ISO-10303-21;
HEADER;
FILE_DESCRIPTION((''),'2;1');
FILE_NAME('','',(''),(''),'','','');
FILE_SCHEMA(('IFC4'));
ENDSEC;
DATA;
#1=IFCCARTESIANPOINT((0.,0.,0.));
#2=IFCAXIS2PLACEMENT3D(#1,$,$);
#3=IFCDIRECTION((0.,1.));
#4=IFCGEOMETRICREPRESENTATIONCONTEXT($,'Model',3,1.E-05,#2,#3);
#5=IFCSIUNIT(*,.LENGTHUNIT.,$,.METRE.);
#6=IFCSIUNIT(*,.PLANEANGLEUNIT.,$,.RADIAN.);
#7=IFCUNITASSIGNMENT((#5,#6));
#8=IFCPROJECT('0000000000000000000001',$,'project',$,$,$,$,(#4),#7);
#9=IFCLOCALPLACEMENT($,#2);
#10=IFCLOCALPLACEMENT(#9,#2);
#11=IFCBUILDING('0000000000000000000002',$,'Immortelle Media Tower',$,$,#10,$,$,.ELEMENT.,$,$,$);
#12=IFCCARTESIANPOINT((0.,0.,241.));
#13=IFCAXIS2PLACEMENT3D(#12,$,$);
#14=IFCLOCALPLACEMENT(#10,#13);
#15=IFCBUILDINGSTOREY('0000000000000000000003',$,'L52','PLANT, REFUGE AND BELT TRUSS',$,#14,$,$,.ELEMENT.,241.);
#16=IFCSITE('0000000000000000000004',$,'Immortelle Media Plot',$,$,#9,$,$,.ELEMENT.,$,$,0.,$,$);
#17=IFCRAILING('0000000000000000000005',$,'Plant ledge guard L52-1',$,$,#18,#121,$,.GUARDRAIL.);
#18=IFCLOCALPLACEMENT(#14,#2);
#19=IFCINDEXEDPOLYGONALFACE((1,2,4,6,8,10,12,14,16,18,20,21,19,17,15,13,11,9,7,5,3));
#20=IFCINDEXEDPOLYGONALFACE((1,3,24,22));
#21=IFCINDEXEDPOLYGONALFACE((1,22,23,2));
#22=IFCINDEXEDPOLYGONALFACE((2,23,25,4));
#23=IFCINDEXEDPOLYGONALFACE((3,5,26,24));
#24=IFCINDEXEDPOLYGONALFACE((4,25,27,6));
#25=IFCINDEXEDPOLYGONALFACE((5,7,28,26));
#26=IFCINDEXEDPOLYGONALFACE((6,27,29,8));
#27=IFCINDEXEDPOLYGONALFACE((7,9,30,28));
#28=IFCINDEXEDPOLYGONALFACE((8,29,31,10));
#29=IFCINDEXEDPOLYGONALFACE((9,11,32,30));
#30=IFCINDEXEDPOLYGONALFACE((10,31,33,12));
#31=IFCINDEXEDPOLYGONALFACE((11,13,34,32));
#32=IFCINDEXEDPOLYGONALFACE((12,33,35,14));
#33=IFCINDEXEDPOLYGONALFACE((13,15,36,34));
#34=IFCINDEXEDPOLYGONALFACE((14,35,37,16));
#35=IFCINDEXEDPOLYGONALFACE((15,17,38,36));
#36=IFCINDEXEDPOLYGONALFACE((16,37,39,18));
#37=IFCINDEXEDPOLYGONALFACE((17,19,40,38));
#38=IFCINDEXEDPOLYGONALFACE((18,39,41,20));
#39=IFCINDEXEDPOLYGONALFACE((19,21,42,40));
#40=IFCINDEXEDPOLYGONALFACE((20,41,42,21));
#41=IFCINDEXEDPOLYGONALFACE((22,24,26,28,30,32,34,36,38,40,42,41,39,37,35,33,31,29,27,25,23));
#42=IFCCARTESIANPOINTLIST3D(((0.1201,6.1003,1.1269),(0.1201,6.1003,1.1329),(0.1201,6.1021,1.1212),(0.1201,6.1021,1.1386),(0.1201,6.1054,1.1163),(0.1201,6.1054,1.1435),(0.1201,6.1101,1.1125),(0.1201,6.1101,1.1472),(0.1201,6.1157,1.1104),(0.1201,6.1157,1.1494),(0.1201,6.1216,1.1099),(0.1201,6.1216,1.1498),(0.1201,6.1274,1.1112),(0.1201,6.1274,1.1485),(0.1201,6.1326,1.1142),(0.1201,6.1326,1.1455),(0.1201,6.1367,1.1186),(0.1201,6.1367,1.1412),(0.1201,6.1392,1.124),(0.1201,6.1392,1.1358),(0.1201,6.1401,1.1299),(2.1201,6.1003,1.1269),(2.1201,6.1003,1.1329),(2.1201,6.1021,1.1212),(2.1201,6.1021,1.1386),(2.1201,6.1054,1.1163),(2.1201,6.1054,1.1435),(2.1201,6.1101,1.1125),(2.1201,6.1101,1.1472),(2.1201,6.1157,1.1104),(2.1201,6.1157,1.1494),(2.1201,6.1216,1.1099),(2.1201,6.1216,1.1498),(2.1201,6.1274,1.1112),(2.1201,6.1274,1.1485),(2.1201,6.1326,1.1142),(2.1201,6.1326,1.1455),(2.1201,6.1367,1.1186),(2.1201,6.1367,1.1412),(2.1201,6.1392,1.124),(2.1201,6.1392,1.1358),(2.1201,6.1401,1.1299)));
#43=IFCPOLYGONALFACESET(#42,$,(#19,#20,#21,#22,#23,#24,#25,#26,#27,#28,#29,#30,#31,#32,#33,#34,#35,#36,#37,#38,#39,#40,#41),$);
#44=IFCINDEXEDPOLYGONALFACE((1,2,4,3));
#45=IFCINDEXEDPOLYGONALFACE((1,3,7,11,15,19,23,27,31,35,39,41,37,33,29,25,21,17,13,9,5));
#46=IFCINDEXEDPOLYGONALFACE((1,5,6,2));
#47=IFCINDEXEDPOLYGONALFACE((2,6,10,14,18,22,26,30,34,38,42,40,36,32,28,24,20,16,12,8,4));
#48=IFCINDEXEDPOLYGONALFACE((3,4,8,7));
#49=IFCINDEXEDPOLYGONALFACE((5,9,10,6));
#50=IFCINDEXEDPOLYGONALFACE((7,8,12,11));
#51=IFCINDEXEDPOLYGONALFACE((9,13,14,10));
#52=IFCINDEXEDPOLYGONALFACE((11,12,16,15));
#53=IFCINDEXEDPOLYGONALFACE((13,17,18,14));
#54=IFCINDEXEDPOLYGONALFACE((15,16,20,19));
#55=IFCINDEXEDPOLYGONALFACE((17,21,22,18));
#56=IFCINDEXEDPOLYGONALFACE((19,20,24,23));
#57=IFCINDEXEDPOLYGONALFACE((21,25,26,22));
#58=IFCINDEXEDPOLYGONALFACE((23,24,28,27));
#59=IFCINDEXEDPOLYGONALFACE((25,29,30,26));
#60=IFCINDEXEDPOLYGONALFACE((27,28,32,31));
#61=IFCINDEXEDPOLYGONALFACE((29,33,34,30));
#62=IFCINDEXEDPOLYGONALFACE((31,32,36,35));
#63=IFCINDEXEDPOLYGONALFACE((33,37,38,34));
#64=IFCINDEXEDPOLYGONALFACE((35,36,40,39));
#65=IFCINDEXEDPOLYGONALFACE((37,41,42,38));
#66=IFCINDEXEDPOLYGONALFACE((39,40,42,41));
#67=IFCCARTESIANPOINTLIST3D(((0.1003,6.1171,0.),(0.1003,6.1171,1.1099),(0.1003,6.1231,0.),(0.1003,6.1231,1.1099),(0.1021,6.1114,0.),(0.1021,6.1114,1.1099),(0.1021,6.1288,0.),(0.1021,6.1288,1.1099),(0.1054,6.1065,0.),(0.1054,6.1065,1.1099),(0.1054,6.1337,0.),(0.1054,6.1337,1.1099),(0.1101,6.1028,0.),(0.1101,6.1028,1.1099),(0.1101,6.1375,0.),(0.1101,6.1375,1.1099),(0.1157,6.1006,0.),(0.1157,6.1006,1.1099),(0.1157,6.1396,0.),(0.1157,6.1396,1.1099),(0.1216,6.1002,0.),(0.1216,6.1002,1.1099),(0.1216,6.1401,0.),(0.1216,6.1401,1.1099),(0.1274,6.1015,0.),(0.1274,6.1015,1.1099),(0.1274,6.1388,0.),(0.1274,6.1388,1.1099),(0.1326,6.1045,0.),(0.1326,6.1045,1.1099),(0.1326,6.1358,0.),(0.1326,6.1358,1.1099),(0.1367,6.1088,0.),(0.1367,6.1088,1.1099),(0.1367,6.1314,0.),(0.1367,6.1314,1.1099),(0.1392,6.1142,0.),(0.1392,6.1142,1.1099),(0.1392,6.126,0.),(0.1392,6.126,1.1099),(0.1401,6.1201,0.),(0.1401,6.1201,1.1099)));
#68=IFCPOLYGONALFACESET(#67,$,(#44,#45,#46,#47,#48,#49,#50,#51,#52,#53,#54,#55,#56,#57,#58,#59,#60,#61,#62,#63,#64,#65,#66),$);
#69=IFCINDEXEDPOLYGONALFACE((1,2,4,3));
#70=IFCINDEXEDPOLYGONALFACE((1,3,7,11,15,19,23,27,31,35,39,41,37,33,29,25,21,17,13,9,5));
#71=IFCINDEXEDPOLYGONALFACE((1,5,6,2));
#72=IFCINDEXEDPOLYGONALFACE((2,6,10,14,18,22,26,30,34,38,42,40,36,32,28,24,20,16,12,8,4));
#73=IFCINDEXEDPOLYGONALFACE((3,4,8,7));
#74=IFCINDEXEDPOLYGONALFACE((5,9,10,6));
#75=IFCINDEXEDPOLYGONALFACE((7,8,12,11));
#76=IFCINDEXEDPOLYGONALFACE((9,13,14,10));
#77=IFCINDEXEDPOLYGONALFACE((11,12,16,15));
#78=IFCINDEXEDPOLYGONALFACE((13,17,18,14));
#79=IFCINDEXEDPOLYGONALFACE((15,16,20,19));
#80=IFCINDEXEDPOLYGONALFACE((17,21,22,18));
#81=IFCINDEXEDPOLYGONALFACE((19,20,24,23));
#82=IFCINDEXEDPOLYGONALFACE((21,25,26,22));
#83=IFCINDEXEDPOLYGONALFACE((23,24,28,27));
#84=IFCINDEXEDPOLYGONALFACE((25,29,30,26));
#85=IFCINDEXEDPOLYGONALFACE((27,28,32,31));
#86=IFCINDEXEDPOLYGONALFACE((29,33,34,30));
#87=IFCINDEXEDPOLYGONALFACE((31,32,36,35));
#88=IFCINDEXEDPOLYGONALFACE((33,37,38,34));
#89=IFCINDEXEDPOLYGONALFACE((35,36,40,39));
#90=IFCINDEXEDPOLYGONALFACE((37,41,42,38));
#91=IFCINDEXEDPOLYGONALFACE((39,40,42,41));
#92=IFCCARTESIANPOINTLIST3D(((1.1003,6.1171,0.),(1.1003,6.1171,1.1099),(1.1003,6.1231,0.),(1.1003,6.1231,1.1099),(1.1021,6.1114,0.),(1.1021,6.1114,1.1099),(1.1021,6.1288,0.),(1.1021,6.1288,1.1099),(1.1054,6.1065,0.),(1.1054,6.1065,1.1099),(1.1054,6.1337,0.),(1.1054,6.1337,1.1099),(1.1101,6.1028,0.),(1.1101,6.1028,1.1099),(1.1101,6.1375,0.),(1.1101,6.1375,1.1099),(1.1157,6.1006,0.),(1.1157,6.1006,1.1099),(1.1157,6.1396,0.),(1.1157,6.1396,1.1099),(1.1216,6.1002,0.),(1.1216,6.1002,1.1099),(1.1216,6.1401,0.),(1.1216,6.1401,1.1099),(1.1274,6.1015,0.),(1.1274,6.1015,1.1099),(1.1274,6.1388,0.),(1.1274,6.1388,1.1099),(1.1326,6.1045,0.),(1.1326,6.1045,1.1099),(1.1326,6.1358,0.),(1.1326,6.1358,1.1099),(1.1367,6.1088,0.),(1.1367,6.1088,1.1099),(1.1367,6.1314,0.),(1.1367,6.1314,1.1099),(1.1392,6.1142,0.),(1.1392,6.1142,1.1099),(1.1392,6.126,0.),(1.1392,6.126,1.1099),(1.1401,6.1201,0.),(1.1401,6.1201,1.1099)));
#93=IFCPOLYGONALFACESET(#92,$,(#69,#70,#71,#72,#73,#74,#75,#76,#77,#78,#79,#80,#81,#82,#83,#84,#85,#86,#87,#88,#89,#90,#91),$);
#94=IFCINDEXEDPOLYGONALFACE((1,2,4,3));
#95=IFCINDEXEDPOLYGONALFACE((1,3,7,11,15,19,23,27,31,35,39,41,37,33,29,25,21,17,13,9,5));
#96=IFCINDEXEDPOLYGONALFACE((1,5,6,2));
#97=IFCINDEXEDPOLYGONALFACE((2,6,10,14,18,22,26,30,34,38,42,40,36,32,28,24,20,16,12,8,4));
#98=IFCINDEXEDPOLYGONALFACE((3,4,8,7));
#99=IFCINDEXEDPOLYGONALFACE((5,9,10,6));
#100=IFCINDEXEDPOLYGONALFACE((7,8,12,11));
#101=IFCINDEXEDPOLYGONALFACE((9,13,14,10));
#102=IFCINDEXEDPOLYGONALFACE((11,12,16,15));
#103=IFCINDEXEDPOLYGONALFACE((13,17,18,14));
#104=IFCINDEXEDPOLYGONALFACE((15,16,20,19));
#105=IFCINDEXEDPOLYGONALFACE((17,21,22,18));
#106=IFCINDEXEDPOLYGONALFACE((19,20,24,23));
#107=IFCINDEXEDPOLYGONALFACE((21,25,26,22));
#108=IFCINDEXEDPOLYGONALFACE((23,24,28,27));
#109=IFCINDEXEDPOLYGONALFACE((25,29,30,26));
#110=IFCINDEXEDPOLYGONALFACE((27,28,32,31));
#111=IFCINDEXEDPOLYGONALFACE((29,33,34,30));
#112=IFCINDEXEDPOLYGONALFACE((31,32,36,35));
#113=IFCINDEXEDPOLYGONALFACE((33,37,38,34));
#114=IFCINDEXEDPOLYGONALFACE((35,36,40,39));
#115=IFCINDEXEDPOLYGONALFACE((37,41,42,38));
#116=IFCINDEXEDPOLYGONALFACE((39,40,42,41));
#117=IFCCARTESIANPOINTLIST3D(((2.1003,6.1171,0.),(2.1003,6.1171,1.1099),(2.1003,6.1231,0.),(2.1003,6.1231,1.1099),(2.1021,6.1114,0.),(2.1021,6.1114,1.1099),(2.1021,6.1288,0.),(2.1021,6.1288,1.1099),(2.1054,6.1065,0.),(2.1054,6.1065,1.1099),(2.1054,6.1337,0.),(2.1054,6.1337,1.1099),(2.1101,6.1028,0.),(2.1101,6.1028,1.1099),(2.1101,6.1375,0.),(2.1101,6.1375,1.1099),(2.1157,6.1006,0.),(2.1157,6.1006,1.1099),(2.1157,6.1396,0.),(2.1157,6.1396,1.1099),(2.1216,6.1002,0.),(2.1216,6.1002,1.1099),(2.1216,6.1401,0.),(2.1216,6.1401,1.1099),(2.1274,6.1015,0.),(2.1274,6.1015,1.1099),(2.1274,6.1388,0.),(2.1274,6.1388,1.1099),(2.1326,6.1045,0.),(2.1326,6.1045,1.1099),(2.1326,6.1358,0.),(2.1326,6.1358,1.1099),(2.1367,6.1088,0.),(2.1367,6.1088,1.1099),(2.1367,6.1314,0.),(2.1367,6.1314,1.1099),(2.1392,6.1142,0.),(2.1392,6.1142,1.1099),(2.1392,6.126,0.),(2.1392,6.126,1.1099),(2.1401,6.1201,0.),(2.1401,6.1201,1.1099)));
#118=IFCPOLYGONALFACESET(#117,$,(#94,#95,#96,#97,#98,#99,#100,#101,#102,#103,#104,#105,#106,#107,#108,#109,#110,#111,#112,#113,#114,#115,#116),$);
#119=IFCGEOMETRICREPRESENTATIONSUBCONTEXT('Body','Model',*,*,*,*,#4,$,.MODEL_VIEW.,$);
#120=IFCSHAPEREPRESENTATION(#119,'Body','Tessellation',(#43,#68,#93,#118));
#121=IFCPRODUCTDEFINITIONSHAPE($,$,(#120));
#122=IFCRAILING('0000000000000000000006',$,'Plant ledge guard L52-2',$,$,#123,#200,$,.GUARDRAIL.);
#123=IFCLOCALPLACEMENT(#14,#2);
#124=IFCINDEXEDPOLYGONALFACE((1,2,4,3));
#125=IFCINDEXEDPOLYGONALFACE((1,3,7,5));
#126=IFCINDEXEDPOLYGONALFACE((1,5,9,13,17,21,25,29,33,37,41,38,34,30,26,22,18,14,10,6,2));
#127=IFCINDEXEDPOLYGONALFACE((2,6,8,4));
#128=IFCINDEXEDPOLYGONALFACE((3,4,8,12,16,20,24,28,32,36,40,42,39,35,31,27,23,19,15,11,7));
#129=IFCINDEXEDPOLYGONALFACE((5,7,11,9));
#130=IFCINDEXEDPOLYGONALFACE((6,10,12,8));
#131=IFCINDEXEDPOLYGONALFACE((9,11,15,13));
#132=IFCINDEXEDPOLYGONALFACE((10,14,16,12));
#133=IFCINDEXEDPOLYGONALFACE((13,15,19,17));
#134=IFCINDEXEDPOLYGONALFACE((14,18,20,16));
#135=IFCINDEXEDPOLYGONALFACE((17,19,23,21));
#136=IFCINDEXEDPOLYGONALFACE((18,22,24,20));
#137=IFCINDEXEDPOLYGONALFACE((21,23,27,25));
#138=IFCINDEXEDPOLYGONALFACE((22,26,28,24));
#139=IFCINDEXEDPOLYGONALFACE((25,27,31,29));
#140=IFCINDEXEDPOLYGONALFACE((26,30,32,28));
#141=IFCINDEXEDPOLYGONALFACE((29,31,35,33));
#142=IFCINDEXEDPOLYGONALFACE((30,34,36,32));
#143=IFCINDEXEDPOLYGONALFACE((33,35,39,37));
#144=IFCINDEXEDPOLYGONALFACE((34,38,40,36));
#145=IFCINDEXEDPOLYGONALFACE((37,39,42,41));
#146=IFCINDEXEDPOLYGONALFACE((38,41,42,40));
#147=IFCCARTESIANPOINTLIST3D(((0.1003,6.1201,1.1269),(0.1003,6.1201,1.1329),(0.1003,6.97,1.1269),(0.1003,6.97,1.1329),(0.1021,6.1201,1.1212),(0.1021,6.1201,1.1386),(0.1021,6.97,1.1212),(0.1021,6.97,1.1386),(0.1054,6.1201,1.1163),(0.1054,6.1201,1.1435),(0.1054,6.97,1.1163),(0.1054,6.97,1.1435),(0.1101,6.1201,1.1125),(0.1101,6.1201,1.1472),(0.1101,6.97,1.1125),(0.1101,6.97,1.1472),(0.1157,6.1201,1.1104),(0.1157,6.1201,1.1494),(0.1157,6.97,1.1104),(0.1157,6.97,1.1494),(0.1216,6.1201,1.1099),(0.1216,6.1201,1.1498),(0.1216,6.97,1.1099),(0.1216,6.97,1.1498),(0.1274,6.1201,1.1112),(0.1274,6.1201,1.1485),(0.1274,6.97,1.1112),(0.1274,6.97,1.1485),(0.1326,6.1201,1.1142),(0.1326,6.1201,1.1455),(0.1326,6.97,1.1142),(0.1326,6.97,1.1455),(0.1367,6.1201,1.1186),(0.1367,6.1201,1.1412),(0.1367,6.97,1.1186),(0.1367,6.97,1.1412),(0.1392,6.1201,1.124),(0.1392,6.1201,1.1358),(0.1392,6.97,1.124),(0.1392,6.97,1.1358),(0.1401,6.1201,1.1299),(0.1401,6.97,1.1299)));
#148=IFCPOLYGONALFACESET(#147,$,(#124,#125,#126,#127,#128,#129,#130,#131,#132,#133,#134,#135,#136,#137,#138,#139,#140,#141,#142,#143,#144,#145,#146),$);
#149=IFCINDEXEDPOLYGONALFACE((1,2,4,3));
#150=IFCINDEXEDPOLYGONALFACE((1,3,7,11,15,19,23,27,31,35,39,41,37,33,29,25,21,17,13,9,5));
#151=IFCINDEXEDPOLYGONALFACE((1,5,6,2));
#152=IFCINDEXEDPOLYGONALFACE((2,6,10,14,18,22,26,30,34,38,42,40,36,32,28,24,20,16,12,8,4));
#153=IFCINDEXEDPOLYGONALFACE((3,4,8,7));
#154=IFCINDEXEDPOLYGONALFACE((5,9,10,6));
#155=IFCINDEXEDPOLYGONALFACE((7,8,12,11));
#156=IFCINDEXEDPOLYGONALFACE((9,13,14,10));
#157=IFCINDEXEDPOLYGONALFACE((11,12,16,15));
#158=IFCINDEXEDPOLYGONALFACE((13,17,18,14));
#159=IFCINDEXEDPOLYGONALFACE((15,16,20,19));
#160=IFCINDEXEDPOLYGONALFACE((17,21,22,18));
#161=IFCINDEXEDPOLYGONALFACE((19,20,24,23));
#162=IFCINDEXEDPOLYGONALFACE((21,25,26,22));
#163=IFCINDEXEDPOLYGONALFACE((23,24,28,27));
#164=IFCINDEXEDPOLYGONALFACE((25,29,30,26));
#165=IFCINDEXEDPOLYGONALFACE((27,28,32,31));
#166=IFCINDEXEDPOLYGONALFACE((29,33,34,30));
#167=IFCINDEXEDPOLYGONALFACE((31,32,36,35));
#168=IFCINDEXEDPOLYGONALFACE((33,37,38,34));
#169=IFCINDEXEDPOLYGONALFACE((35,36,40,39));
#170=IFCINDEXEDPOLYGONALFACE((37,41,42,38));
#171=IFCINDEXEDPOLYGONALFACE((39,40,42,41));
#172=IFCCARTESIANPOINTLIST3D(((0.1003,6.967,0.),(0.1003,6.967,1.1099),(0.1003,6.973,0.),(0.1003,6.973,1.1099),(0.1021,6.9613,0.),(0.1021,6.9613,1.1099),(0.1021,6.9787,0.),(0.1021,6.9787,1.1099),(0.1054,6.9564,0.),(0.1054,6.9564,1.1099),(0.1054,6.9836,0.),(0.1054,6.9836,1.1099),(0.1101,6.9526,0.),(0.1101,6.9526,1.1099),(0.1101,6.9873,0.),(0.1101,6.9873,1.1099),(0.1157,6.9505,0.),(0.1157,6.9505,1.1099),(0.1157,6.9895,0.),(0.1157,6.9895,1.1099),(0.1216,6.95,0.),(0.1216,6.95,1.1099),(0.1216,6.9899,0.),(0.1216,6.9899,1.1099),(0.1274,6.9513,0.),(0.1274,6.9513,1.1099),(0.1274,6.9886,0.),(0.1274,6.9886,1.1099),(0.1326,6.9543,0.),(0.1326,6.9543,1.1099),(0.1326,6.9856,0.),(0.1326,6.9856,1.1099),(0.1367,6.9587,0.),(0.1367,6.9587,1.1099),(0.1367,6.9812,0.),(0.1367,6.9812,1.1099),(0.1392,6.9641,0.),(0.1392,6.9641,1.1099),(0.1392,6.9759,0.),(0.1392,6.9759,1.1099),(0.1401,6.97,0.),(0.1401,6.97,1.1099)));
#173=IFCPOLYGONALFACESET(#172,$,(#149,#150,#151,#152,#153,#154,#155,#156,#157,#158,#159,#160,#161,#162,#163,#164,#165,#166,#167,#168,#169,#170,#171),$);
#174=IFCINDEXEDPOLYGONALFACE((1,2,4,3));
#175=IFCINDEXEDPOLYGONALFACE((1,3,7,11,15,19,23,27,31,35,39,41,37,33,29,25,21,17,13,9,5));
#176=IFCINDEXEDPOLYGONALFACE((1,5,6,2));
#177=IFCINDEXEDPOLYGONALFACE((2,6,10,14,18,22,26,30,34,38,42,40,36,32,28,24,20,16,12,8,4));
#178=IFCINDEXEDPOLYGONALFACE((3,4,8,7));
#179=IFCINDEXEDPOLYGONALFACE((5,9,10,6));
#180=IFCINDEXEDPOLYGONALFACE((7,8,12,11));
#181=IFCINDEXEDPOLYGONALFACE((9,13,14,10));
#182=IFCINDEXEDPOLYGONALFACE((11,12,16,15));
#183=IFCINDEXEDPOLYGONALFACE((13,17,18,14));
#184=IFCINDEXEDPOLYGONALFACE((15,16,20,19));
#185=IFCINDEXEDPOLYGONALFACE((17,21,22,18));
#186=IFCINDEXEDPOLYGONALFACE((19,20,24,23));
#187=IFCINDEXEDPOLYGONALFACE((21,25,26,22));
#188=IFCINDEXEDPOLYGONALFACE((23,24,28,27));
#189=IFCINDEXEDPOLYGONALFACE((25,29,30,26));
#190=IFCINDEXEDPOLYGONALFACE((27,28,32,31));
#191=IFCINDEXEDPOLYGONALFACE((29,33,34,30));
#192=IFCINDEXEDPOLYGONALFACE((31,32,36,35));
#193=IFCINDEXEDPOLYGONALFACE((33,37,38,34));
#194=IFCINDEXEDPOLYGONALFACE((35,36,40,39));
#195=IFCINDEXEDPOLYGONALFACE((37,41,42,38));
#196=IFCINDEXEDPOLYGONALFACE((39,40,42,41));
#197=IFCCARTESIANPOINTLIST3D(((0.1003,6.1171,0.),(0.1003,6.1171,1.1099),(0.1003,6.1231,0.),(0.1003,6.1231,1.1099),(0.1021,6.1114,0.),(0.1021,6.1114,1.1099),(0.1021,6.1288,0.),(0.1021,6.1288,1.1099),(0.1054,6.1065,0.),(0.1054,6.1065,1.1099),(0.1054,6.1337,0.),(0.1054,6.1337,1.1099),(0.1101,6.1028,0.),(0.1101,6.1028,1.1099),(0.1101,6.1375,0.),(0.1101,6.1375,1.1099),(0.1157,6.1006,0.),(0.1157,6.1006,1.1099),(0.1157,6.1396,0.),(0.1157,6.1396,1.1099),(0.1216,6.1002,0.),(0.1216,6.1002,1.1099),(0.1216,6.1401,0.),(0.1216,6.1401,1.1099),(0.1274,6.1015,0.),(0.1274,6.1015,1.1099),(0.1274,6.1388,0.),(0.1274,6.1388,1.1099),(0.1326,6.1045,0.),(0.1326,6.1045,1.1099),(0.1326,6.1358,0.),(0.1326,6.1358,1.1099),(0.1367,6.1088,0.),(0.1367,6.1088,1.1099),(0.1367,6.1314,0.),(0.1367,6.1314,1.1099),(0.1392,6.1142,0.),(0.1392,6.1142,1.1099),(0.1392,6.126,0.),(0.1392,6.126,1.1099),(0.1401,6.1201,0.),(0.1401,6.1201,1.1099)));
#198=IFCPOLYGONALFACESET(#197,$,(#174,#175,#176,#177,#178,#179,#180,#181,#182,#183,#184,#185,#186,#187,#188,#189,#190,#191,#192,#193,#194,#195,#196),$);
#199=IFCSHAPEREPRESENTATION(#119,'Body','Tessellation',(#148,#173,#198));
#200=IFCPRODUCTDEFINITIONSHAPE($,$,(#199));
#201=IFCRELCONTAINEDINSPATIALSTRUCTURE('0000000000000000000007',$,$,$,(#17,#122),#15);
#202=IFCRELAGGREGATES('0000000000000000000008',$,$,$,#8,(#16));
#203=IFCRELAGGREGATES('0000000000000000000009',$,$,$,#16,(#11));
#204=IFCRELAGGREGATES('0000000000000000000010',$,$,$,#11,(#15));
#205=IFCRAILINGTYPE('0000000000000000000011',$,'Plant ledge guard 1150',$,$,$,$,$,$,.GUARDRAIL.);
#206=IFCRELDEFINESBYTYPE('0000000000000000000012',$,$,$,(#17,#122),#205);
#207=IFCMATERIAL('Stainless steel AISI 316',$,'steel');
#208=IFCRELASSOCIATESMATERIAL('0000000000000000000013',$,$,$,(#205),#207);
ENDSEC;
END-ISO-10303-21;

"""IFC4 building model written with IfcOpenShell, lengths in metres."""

from ifc_helpers import new_model, si_unit, direction, frame, origin, origin_2d, place, context, subcontext, project, spatial, circle, extrude, material, type_object, element, save


model = new_model("IFC4")

# Units and contexts
model_context = context("Model", 3, precision=1e-05, world=origin(), true_north=direction((0.0, 1.0)))
body_context = subcontext(model_context, "Body", "Model", "MODEL_VIEW")
ifc_project = project(units=[si_unit("LENGTHUNIT", "METRE"), si_unit("PLANEANGLEUNIT", "RADIAN")], contexts=[model_context])

# Site, building, storey
site_placement = place(None, origin())
site = spatial("IfcSite", under=ifc_project, at=site_placement, Name="Immortelle Media Plot", CompositionType="ELEMENT", RefElevation=0.0)
building_placement = place(site_placement, origin())
building = spatial("IfcBuilding", under=site, at=building_placement, Name="Immortelle Media Tower", CompositionType="ELEMENT")
storey_placement = place(building_placement, frame((0.0, 0.0, 241.0)))
storey = spatial("IfcBuildingStorey", under=building, at=storey_placement, Name="L52", Description="PLANT, REFUGE AND BELT TRUSS", CompositionType="ELEMENT", Elevation=241.0)

# Railings
ifc_material_1 = material(Name="Stainless steel AISI 316", Category="steel")
railing_type = type_object("IfcRailingType", Name="Plant ledge guard 1150", PredefinedType="GUARDRAIL", material=ifc_material_1)
railing_1_placement = place(storey_placement, frame((0.1201, 6.1201, 0.0)))
element("IfcRailing", 1, at=railing_1_placement, inside=storey, type_object=railing_type, Name="Plant ledge guard L52-1", PredefinedType="GUARDRAIL", context=body_context, shape_type="SweptSolid", body=[
    extrude(circle(Radius=0.02, at=origin_2d()), frame((0.0, 0.0, 1.1299), z_axis=(1.0, 0.0, 0.0), x_axis=(0.0, 1.0, 0.0)), (0.0, 0.0, 1.0), 2.0),
    extrude(circle(Radius=0.02, at=origin_2d()), origin(), (0.0, 0.0, 1.0), 1.1099),
    extrude(circle(Radius=0.02, at=origin_2d()), frame((1.0, 0.0, 0.0)), (0.0, 0.0, 1.0), 1.1099),
    extrude(circle(Radius=0.02, at=origin_2d()), frame((2.0, 0.0, 0.0)), (0.0, 0.0, 1.0), 1.1099),
])
railing_2_placement = place(storey_placement, frame((0.1201, 6.97, 0.0)))
element("IfcRailing", 2, at=railing_2_placement, inside=storey, type_object=railing_type, Name="Plant ledge guard L52-2", PredefinedType="GUARDRAIL", context=body_context, shape_type="SweptSolid", body=[
    extrude(circle(Radius=0.02, at=origin_2d()), frame((0.0, 0.0, 1.1299), z_axis=(0.0, -1.0, 0.0), x_axis=(1.0, 0.0, 0.0)), (0.0, 0.0, 1.0), 0.8499),
    extrude(circle(Radius=0.02, at=origin_2d()), origin(), (0.0, 0.0, 1.0), 1.1099),
    extrude(circle(Radius=0.02, at=origin_2d()), frame((0.0, -0.8499, 0.0)), (0.0, 0.0, 1.0), 1.1099),
])

save(model, "model.ifc")
